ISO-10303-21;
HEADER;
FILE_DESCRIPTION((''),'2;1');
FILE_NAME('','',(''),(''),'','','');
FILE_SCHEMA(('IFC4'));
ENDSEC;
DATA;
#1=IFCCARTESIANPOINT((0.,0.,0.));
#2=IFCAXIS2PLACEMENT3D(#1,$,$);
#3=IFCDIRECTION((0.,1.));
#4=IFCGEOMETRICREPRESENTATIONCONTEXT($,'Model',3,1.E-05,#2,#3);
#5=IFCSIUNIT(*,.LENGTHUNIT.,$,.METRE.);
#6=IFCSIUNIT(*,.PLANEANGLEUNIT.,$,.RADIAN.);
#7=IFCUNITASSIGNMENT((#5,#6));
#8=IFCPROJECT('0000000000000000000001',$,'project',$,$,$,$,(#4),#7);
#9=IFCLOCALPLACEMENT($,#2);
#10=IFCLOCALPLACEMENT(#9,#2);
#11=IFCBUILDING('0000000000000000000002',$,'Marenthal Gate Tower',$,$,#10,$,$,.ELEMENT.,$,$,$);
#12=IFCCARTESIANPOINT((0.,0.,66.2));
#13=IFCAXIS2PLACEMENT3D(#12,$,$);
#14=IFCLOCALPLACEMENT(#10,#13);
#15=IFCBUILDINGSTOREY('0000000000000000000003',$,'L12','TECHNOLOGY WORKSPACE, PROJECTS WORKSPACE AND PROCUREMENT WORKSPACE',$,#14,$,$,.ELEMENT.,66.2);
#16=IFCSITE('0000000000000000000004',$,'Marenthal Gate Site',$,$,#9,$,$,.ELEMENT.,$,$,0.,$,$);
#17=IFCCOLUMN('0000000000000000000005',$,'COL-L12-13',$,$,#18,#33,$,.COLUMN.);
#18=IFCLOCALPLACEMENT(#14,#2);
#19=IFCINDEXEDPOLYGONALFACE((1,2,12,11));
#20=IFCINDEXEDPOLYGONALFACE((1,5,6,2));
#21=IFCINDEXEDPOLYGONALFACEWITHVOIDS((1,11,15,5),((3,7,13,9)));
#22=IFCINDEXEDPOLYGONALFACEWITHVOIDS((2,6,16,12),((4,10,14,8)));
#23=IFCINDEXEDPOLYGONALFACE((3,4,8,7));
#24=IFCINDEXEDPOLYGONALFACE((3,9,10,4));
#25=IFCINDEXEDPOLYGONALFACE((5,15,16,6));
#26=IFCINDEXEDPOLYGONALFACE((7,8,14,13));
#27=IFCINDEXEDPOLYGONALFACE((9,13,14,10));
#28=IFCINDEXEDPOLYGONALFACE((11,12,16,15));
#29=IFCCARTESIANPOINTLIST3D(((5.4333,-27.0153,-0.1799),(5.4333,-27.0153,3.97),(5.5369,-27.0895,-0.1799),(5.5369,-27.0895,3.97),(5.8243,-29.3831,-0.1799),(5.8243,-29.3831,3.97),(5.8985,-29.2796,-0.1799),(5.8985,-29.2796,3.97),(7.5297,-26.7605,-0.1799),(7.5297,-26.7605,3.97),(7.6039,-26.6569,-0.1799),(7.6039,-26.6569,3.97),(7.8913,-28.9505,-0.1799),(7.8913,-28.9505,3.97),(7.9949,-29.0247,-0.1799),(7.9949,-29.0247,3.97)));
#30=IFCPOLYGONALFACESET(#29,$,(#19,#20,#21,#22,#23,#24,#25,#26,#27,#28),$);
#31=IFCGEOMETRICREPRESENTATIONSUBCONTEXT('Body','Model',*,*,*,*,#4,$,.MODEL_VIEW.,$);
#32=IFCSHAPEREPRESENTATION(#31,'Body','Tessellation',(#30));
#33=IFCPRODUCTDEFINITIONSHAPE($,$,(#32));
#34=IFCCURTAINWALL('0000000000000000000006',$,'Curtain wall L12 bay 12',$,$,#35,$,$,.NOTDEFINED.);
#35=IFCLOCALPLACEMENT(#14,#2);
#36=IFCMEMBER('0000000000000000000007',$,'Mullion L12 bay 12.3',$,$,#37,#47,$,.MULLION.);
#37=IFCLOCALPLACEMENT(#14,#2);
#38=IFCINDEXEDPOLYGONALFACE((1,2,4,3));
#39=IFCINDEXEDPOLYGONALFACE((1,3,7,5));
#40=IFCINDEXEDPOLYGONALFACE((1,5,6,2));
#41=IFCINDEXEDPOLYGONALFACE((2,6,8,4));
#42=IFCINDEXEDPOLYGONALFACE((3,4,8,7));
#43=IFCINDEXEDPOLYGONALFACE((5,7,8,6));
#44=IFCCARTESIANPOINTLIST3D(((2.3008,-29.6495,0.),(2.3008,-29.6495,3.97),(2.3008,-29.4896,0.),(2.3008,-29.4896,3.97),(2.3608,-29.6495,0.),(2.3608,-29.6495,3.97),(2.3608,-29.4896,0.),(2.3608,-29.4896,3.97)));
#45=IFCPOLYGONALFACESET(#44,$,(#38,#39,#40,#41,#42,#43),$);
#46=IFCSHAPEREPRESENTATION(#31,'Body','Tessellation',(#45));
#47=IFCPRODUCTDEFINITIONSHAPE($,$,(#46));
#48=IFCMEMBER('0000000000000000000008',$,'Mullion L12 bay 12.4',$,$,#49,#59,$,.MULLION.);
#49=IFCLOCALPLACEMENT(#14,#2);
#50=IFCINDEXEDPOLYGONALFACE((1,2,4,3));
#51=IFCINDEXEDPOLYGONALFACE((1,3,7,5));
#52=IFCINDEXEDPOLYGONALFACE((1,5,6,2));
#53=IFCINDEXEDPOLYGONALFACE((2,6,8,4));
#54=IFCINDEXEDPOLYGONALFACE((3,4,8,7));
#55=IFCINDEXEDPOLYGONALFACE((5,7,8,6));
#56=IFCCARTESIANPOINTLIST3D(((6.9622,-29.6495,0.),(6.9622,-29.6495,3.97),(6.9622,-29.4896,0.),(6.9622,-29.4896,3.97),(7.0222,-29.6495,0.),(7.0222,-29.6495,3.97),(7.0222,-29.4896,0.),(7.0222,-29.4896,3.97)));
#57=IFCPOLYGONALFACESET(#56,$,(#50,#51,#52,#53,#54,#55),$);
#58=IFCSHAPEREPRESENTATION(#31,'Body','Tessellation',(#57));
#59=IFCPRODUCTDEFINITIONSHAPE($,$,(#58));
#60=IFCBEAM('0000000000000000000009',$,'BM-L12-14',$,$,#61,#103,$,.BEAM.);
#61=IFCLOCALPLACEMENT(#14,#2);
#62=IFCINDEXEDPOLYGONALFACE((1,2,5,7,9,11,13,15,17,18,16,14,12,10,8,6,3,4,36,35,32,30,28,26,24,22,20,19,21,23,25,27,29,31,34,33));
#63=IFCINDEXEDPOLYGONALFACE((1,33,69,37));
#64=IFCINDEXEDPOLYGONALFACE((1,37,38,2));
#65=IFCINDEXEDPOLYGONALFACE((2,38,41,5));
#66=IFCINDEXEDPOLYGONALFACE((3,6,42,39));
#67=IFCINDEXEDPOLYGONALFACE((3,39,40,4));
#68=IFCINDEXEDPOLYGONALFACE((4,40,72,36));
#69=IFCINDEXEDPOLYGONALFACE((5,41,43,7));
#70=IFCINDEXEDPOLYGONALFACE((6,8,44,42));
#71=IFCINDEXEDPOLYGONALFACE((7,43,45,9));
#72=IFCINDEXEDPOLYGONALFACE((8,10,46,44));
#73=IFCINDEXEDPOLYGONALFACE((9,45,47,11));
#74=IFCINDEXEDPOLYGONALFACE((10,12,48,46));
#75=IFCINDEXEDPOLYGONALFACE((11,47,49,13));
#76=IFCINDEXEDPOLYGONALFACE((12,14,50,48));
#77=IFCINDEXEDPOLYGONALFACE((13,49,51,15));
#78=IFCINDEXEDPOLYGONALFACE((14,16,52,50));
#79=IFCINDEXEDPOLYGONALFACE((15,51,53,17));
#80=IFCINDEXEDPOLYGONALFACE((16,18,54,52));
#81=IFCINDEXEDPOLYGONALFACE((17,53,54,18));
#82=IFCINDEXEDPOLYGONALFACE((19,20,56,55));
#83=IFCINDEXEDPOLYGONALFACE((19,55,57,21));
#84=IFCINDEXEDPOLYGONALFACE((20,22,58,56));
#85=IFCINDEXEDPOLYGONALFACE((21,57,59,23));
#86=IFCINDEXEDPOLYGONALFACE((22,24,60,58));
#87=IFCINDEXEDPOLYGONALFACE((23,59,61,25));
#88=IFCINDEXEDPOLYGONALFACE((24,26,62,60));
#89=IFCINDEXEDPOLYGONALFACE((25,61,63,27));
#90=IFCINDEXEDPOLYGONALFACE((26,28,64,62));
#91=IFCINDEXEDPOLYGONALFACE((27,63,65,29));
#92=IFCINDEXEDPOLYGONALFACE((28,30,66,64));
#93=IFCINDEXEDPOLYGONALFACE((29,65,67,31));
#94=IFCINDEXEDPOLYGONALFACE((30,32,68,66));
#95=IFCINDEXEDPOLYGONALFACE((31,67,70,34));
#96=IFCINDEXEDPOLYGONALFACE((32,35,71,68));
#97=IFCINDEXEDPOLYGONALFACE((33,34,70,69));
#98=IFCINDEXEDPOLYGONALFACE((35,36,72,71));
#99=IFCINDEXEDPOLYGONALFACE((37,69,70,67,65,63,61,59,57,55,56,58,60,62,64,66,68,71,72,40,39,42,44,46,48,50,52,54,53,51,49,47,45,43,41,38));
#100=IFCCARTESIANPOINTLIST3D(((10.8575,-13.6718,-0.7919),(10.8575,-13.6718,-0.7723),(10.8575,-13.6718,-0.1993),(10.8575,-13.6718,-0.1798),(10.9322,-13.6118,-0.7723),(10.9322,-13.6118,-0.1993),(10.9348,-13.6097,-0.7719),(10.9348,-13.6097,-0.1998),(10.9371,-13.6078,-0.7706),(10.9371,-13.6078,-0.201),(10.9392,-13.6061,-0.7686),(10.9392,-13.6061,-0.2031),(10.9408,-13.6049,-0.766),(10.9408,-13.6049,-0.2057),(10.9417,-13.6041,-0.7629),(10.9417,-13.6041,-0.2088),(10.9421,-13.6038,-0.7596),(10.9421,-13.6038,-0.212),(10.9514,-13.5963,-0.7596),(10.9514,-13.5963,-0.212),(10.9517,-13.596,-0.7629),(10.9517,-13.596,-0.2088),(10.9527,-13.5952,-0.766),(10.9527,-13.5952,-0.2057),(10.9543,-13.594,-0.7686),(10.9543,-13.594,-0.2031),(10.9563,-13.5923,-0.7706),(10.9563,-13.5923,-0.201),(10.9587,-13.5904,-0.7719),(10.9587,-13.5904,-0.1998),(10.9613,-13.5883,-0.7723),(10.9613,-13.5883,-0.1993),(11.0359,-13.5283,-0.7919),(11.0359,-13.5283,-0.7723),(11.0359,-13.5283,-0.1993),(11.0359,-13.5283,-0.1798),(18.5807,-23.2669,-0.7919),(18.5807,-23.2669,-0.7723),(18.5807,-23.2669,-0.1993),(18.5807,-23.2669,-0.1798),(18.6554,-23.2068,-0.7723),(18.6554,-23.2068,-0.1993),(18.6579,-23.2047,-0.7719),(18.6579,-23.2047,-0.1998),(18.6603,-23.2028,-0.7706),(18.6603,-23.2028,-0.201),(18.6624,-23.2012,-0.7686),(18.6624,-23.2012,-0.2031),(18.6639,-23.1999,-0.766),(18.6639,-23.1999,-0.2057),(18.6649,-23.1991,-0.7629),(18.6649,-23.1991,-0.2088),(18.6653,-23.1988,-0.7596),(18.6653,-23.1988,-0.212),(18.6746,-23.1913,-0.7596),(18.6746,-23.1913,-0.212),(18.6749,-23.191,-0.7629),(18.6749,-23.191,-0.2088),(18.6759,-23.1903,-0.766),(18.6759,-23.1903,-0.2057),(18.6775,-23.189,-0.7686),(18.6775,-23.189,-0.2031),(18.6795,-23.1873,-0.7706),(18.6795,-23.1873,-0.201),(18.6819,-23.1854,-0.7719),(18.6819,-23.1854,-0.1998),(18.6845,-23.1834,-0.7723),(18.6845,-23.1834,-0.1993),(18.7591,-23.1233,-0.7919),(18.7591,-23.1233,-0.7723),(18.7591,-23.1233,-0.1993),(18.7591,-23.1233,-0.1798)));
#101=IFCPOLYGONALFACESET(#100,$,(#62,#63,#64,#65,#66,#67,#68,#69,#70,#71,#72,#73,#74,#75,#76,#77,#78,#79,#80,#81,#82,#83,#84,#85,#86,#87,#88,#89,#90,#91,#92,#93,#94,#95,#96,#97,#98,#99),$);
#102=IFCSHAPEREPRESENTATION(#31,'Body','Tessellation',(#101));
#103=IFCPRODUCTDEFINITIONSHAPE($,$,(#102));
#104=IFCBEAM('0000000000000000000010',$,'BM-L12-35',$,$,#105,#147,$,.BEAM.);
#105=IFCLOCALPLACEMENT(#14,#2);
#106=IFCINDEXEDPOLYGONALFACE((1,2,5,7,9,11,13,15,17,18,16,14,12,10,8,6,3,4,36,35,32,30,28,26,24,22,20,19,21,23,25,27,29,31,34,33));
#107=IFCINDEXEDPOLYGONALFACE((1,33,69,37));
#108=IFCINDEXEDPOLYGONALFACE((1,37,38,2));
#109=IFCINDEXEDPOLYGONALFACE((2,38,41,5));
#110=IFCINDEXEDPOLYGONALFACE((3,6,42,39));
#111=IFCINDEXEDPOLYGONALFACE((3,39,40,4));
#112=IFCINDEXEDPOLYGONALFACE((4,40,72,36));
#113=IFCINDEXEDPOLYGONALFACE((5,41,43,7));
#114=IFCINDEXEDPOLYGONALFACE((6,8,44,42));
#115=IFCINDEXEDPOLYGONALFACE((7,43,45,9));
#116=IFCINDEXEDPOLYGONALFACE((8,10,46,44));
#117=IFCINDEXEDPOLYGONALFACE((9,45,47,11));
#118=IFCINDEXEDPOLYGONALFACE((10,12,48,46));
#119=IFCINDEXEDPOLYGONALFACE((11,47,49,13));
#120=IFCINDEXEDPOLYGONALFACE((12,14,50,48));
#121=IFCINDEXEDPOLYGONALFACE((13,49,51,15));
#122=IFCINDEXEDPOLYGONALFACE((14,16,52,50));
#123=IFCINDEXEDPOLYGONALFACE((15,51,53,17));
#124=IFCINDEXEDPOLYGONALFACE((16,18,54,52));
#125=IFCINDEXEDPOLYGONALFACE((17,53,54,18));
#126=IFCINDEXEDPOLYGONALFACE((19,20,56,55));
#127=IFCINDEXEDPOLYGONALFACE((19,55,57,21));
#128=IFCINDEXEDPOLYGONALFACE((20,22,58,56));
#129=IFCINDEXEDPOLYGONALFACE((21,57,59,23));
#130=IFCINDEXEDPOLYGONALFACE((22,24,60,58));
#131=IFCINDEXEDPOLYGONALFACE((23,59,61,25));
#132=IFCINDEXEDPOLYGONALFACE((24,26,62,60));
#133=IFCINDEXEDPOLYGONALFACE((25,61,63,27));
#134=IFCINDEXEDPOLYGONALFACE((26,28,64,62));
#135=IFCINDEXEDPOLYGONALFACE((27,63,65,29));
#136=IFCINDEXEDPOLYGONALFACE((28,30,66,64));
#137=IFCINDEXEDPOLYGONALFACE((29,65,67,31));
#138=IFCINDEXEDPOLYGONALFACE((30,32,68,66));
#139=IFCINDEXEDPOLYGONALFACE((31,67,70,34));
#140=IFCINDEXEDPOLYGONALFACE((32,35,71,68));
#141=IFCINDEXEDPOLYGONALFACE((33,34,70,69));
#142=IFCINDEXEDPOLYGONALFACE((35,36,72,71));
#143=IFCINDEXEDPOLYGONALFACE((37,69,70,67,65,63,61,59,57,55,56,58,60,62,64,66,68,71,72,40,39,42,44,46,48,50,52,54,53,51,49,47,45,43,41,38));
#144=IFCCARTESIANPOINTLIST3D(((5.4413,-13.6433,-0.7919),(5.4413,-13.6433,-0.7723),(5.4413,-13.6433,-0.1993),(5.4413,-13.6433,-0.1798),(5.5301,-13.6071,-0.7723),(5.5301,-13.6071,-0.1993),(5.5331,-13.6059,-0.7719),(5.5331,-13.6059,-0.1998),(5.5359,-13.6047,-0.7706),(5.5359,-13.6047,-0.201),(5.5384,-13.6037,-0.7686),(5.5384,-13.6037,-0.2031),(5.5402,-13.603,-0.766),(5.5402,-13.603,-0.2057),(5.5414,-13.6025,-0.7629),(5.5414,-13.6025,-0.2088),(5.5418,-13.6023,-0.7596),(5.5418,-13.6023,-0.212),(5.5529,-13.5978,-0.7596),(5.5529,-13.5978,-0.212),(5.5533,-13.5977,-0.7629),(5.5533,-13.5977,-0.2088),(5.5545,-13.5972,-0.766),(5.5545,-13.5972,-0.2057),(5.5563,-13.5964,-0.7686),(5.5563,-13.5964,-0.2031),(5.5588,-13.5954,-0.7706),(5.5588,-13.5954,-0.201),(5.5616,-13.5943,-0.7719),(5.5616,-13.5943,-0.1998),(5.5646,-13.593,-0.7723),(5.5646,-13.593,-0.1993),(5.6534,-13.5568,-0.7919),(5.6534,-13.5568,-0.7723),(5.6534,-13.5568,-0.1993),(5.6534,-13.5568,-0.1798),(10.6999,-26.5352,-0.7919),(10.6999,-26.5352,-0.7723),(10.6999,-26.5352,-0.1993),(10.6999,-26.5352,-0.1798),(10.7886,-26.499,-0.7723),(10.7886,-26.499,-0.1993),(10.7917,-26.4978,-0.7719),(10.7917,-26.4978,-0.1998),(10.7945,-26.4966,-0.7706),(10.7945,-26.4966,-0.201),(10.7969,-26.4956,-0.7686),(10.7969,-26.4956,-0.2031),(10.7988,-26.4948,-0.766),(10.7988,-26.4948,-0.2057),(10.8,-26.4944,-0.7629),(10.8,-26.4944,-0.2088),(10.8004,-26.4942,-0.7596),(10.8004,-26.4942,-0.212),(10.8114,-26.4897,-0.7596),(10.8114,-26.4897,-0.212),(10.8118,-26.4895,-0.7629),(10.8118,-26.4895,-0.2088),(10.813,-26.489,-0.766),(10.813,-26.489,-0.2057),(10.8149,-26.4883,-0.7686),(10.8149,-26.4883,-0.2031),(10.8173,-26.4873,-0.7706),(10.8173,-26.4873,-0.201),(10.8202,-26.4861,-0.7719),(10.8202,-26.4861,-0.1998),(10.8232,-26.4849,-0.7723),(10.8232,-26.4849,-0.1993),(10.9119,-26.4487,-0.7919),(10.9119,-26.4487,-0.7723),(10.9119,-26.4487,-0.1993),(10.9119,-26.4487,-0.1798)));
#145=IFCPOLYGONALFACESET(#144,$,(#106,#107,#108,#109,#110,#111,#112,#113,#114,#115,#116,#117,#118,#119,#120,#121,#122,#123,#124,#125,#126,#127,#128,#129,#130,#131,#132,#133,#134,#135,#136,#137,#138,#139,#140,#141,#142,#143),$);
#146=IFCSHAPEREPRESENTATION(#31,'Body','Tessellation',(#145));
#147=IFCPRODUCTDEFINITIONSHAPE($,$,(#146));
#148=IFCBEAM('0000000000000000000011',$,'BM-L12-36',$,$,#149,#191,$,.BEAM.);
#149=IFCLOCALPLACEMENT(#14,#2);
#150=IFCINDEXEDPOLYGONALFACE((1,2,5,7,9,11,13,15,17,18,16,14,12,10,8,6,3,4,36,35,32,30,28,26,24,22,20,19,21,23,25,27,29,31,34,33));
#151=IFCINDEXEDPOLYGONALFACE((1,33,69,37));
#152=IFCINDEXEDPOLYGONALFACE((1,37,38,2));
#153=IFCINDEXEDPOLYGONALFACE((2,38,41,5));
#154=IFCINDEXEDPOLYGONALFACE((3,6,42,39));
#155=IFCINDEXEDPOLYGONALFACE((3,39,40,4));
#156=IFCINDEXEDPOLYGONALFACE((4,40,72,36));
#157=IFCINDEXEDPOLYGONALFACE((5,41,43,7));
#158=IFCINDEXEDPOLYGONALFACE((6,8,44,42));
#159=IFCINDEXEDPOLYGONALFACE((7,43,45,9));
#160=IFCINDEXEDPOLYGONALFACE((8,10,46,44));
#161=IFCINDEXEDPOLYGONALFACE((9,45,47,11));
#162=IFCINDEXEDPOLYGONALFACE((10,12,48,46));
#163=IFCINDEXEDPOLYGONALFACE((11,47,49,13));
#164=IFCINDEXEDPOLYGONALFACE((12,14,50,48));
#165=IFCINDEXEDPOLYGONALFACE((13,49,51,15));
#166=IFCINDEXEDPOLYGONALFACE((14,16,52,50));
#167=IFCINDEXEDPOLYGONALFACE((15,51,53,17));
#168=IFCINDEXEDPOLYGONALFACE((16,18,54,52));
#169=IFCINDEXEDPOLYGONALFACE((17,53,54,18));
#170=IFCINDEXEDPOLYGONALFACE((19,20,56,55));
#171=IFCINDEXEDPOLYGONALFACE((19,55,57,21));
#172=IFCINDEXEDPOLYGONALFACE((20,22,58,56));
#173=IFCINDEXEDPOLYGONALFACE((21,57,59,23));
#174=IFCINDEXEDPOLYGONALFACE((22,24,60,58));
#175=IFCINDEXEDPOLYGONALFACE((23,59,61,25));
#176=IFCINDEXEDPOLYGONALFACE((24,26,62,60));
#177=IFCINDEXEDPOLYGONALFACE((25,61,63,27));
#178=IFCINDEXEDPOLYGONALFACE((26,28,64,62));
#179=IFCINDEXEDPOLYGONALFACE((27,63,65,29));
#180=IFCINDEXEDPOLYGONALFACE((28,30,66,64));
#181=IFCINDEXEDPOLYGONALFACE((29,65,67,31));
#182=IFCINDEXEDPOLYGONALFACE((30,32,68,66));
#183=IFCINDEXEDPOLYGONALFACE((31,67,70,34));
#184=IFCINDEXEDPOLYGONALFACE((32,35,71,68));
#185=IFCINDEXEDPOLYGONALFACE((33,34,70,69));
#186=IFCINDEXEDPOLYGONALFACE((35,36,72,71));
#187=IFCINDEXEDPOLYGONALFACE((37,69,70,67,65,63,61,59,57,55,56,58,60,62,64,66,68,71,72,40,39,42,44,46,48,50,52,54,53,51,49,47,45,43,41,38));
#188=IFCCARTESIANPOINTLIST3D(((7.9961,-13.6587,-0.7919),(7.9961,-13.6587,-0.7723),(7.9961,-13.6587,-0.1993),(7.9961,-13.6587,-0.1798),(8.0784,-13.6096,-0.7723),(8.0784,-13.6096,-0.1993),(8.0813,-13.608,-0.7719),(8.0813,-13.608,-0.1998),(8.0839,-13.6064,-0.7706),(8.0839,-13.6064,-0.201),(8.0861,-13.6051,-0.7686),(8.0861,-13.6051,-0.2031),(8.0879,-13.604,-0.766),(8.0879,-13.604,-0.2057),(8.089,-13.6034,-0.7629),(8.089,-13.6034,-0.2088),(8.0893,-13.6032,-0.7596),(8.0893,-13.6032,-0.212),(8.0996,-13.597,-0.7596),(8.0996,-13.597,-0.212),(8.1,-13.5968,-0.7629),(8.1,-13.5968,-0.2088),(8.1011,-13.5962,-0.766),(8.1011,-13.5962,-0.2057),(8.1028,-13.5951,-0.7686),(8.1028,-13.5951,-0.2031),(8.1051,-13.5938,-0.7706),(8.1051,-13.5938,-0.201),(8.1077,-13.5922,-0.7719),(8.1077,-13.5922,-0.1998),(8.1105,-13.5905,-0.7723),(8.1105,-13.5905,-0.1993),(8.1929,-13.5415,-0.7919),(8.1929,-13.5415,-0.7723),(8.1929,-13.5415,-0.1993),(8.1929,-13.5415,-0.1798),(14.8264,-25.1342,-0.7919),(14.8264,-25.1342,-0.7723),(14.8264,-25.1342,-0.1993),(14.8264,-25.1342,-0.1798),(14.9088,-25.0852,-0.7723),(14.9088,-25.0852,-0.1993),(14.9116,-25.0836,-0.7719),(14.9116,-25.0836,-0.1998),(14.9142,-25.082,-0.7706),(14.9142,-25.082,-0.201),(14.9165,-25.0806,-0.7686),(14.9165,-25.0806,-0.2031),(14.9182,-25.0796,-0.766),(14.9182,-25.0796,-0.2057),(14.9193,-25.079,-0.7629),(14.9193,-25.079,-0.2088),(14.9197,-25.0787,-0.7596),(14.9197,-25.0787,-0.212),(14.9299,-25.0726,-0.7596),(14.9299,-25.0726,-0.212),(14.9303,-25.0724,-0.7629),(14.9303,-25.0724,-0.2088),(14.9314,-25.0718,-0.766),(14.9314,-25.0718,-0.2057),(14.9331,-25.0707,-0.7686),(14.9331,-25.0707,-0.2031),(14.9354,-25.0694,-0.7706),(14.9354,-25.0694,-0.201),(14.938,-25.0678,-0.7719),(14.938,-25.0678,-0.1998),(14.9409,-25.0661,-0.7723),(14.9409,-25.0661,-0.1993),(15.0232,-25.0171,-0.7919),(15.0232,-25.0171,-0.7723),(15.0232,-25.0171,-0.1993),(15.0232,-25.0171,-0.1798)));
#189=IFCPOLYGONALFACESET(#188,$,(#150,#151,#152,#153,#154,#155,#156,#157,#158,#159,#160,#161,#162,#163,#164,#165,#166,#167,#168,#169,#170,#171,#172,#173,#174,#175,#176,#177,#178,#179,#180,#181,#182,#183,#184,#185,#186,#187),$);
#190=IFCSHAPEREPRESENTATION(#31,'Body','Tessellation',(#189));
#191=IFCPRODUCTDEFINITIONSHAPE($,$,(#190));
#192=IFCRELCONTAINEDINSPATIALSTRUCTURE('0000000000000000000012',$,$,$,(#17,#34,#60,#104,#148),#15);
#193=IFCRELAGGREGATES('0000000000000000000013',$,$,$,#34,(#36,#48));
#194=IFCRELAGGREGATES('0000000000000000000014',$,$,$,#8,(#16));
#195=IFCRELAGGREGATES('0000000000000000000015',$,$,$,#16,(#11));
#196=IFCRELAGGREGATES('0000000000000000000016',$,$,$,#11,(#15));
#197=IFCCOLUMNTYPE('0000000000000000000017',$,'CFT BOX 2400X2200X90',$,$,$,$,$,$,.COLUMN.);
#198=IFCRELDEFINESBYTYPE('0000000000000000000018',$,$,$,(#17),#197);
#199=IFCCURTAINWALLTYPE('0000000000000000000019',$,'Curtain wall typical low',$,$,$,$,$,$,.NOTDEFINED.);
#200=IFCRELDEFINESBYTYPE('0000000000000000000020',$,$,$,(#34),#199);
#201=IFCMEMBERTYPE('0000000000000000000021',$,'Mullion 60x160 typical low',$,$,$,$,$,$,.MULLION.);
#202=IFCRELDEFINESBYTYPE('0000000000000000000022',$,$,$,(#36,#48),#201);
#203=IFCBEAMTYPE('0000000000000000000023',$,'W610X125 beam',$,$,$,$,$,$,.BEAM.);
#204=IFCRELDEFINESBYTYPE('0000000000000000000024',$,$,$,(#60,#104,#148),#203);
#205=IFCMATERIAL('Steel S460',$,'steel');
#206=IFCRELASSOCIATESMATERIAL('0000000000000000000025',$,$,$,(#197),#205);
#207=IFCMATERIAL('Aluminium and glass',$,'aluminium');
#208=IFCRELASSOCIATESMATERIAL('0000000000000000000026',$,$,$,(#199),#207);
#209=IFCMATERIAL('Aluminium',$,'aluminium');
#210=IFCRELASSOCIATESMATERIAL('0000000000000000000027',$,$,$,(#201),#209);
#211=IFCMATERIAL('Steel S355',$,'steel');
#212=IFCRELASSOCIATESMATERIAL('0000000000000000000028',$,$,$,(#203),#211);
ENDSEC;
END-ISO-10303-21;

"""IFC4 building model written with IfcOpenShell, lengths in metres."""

from ifc_helpers import new_model, si_unit, direction, frame, origin, origin_2d, place, context, subcontext, project, spatial, rectangle, hollow_rectangle, i_section, extrude, material, material_profile, profile_set, type_object, element, aggregate, save


model = new_model("IFC4")

# Units and contexts
model_context = context("Model", 3, precision=1e-05, world=origin(), true_north=direction((0.0, 1.0)))
body_context = subcontext(model_context, "Body", "Model", "MODEL_VIEW")
ifc_project = project(units=[si_unit("LENGTHUNIT", "METRE"), si_unit("PLANEANGLEUNIT", "RADIAN")], contexts=[model_context])

# Site, building, storey
site_placement = place(None, origin())
site = spatial("IfcSite", under=ifc_project, at=site_placement, Name="Marenthal Gate Site", CompositionType="ELEMENT", RefElevation=0.0)
building_placement = place(site_placement, origin())
building = spatial("IfcBuilding", under=site, at=building_placement, Name="Marenthal Gate Tower", CompositionType="ELEMENT")
storey_placement = place(building_placement, frame((0.0, 0.0, 66.2)))
storey = spatial("IfcBuildingStorey", under=building, at=storey_placement, Name="L12", Description="TECHNOLOGY WORKSPACE, PROJECTS WORKSPACE AND PROCUREMENT WORKSPACE", CompositionType="ELEMENT", Elevation=66.2)

# Column
ifc_material_1 = material(Name="Steel S460", Category="steel")
ifc_material_profile_1 = material_profile(ifc_material_1, hollow_rectangle(XDim=2.2, YDim=2.3999, WallThickness=0.0901, at=origin_2d()), Name="CFT BOX 2400X2200X90")
ifc_material_2 = material(Name="Concrete 70 MPa", Category="concrete")
ifc_material_profile_2 = material_profile(ifc_material_2, rectangle(XDim=2.02, YDim=2.22, at=origin_2d()), Name="CFT BOX 2400X2200X90 INFILL")
ifc_profile_set_1 = profile_set([ifc_material_profile_1, ifc_material_profile_2], Name="Steel S460 shell, Concrete 70 MPa infill")
column_type = type_object("IfcColumnType", Name="CFT BOX 2400X2200X90", PredefinedType="COLUMN", material=ifc_profile_set_1)
column_placement = place(storey_placement, frame((6.7141, -28.02, -0.1799), z_axis=(0.0, 0.0, 1.0), x_axis=(-0.98664, -0.162918, 0.0)))
element("IfcColumn", 1, at=column_placement, inside=storey, type_object=column_type, Name="COL-L12-13", PredefinedType="COLUMN", context=body_context, shape_type="SweptSolid", body=[
    extrude(hollow_rectangle(XDim=2.2, YDim=2.3999, WallThickness=0.0901, at=origin_2d()), origin(), (0.0, 0.0, 1.0), 4.1499),
])

# Curtain wall, members
ifc_material_3 = material(Name="Aluminium and glass", Category="aluminium")
curtain_wall_type = type_object("IfcCurtainWallType", Name="Curtain wall typical low", PredefinedType="NOTDEFINED", material=ifc_material_3)
curtain_wall_placement = place(storey_placement, origin())
curtain_wall = element("IfcCurtainWall", 2, at=curtain_wall_placement, inside=storey, type_object=curtain_wall_type, Name="Curtain wall L12 bay 12", PredefinedType="NOTDEFINED")
ifc_material_4 = material(Name="Aluminium", Category="aluminium")
ifc_material_profile_3 = material_profile(ifc_material_4, rectangle(XDim=0.1599, YDim=0.0601, at=origin_2d()), Name="60x160 aluminium mullion")
ifc_profile_set_2 = profile_set([ifc_material_profile_3], Name="Aluminium")
member_type = type_object("IfcMemberType", Name="Mullion 60x160 typical low", PredefinedType="MULLION", material=ifc_profile_set_2)
member_1_placement = place(storey_placement, frame((2.3308, -29.5696, 0.0), z_axis=(0.0, 0.0, 1.0), x_axis=(0.0, 1.0, 0.0)))
member_1 = element("IfcMember", 3, at=member_1_placement, type_object=member_type, Name="Mullion L12 bay 12.3", PredefinedType="MULLION", context=body_context, shape_type="SweptSolid", body=[
    extrude(rectangle(XDim=0.1599, YDim=0.0601, at=origin_2d()), origin(), (0.0, 0.0, 1.0), 3.97),
])
member_2_placement = place(storey_placement, frame((6.9922, -29.5696, 0.0), z_axis=(0.0, 0.0, 1.0), x_axis=(0.0, 1.0, 0.0)))
member_2 = element("IfcMember", 4, at=member_2_placement, type_object=member_type, Name="Mullion L12 bay 12.4", PredefinedType="MULLION", context=body_context, shape_type="SweptSolid", body=[
    extrude(rectangle(XDim=0.1599, YDim=0.0601, at=origin_2d()), origin(), (0.0, 0.0, 1.0), 3.97),
])

# Beams
ifc_material_5 = material(Name="Steel S355", Category="steel")
ifc_material_profile_4 = material_profile(ifc_material_5, i_section(OverallWidth=0.229, OverallDepth=0.6121, WebThickness=0.012, FlangeThickness=0.0195, FilletRadius=0.0127, at=origin_2d()), Name="W610X125")
ifc_profile_set_3 = profile_set([ifc_material_profile_4], Name="Steel S355")
beam_type_1 = type_object("IfcBeamType", Name="W610X125 beam", PredefinedType="BEAM", material=ifc_profile_set_3)
beam_1_placement = place(storey_placement, frame((18.6699, -23.1951, -0.4858), z_axis=(-0.627027, 0.778997, 0.0), x_axis=(-0.778997, -0.627027, 0.0)))
element("IfcBeam", 5, at=beam_1_placement, inside=storey, type_object=beam_type_1, Name="BM-L12-14", PredefinedType="BEAM", context=body_context, shape_type="SweptSolid", body=[
    extrude(i_section(OverallWidth=0.229, OverallDepth=0.6121, WebThickness=0.012, FlangeThickness=0.0195, FilletRadius=0.0127, at=origin_2d()), origin(), (0.0, 0.0, 1.0), 12.3171),
])
beam_2_placement = place(storey_placement, frame((10.8059, -26.4919, -0.4858), z_axis=(-0.377686, 0.925934, 0.0), x_axis=(-0.925934, -0.377686, 0.0)))
element("IfcBeam", 6, at=beam_2_placement, inside=storey, type_object=beam_type_1, Name="BM-L12-35", PredefinedType="BEAM", context=body_context, shape_type="SweptSolid", body=[
    extrude(i_section(OverallWidth=0.229, OverallDepth=0.6121, WebThickness=0.012, FlangeThickness=0.0195, FilletRadius=0.0127, at=origin_2d()), origin(), (0.0, 0.0, 1.0), 13.9231),
])
beam_3_placement = place(storey_placement, frame((14.9248, -25.0757, -0.4858), z_axis=(-0.511463, 0.859306, 0.0), x_axis=(-0.859306, -0.511463, 0.0)))
element("IfcBeam", 7, at=beam_3_placement, inside=storey, type_object=beam_type_1, Name="BM-L12-36", PredefinedType="BEAM", context=body_context, shape_type="SweptSolid", body=[
    extrude(i_section(OverallWidth=0.229, OverallDepth=0.6121, WebThickness=0.012, FlangeThickness=0.0195, FilletRadius=0.0127, at=origin_2d()), origin(), (0.0, 0.0, 1.0), 13.3545),
])

aggregate(curtain_wall, [member_1, member_2])

save(model, "model.ifc")
